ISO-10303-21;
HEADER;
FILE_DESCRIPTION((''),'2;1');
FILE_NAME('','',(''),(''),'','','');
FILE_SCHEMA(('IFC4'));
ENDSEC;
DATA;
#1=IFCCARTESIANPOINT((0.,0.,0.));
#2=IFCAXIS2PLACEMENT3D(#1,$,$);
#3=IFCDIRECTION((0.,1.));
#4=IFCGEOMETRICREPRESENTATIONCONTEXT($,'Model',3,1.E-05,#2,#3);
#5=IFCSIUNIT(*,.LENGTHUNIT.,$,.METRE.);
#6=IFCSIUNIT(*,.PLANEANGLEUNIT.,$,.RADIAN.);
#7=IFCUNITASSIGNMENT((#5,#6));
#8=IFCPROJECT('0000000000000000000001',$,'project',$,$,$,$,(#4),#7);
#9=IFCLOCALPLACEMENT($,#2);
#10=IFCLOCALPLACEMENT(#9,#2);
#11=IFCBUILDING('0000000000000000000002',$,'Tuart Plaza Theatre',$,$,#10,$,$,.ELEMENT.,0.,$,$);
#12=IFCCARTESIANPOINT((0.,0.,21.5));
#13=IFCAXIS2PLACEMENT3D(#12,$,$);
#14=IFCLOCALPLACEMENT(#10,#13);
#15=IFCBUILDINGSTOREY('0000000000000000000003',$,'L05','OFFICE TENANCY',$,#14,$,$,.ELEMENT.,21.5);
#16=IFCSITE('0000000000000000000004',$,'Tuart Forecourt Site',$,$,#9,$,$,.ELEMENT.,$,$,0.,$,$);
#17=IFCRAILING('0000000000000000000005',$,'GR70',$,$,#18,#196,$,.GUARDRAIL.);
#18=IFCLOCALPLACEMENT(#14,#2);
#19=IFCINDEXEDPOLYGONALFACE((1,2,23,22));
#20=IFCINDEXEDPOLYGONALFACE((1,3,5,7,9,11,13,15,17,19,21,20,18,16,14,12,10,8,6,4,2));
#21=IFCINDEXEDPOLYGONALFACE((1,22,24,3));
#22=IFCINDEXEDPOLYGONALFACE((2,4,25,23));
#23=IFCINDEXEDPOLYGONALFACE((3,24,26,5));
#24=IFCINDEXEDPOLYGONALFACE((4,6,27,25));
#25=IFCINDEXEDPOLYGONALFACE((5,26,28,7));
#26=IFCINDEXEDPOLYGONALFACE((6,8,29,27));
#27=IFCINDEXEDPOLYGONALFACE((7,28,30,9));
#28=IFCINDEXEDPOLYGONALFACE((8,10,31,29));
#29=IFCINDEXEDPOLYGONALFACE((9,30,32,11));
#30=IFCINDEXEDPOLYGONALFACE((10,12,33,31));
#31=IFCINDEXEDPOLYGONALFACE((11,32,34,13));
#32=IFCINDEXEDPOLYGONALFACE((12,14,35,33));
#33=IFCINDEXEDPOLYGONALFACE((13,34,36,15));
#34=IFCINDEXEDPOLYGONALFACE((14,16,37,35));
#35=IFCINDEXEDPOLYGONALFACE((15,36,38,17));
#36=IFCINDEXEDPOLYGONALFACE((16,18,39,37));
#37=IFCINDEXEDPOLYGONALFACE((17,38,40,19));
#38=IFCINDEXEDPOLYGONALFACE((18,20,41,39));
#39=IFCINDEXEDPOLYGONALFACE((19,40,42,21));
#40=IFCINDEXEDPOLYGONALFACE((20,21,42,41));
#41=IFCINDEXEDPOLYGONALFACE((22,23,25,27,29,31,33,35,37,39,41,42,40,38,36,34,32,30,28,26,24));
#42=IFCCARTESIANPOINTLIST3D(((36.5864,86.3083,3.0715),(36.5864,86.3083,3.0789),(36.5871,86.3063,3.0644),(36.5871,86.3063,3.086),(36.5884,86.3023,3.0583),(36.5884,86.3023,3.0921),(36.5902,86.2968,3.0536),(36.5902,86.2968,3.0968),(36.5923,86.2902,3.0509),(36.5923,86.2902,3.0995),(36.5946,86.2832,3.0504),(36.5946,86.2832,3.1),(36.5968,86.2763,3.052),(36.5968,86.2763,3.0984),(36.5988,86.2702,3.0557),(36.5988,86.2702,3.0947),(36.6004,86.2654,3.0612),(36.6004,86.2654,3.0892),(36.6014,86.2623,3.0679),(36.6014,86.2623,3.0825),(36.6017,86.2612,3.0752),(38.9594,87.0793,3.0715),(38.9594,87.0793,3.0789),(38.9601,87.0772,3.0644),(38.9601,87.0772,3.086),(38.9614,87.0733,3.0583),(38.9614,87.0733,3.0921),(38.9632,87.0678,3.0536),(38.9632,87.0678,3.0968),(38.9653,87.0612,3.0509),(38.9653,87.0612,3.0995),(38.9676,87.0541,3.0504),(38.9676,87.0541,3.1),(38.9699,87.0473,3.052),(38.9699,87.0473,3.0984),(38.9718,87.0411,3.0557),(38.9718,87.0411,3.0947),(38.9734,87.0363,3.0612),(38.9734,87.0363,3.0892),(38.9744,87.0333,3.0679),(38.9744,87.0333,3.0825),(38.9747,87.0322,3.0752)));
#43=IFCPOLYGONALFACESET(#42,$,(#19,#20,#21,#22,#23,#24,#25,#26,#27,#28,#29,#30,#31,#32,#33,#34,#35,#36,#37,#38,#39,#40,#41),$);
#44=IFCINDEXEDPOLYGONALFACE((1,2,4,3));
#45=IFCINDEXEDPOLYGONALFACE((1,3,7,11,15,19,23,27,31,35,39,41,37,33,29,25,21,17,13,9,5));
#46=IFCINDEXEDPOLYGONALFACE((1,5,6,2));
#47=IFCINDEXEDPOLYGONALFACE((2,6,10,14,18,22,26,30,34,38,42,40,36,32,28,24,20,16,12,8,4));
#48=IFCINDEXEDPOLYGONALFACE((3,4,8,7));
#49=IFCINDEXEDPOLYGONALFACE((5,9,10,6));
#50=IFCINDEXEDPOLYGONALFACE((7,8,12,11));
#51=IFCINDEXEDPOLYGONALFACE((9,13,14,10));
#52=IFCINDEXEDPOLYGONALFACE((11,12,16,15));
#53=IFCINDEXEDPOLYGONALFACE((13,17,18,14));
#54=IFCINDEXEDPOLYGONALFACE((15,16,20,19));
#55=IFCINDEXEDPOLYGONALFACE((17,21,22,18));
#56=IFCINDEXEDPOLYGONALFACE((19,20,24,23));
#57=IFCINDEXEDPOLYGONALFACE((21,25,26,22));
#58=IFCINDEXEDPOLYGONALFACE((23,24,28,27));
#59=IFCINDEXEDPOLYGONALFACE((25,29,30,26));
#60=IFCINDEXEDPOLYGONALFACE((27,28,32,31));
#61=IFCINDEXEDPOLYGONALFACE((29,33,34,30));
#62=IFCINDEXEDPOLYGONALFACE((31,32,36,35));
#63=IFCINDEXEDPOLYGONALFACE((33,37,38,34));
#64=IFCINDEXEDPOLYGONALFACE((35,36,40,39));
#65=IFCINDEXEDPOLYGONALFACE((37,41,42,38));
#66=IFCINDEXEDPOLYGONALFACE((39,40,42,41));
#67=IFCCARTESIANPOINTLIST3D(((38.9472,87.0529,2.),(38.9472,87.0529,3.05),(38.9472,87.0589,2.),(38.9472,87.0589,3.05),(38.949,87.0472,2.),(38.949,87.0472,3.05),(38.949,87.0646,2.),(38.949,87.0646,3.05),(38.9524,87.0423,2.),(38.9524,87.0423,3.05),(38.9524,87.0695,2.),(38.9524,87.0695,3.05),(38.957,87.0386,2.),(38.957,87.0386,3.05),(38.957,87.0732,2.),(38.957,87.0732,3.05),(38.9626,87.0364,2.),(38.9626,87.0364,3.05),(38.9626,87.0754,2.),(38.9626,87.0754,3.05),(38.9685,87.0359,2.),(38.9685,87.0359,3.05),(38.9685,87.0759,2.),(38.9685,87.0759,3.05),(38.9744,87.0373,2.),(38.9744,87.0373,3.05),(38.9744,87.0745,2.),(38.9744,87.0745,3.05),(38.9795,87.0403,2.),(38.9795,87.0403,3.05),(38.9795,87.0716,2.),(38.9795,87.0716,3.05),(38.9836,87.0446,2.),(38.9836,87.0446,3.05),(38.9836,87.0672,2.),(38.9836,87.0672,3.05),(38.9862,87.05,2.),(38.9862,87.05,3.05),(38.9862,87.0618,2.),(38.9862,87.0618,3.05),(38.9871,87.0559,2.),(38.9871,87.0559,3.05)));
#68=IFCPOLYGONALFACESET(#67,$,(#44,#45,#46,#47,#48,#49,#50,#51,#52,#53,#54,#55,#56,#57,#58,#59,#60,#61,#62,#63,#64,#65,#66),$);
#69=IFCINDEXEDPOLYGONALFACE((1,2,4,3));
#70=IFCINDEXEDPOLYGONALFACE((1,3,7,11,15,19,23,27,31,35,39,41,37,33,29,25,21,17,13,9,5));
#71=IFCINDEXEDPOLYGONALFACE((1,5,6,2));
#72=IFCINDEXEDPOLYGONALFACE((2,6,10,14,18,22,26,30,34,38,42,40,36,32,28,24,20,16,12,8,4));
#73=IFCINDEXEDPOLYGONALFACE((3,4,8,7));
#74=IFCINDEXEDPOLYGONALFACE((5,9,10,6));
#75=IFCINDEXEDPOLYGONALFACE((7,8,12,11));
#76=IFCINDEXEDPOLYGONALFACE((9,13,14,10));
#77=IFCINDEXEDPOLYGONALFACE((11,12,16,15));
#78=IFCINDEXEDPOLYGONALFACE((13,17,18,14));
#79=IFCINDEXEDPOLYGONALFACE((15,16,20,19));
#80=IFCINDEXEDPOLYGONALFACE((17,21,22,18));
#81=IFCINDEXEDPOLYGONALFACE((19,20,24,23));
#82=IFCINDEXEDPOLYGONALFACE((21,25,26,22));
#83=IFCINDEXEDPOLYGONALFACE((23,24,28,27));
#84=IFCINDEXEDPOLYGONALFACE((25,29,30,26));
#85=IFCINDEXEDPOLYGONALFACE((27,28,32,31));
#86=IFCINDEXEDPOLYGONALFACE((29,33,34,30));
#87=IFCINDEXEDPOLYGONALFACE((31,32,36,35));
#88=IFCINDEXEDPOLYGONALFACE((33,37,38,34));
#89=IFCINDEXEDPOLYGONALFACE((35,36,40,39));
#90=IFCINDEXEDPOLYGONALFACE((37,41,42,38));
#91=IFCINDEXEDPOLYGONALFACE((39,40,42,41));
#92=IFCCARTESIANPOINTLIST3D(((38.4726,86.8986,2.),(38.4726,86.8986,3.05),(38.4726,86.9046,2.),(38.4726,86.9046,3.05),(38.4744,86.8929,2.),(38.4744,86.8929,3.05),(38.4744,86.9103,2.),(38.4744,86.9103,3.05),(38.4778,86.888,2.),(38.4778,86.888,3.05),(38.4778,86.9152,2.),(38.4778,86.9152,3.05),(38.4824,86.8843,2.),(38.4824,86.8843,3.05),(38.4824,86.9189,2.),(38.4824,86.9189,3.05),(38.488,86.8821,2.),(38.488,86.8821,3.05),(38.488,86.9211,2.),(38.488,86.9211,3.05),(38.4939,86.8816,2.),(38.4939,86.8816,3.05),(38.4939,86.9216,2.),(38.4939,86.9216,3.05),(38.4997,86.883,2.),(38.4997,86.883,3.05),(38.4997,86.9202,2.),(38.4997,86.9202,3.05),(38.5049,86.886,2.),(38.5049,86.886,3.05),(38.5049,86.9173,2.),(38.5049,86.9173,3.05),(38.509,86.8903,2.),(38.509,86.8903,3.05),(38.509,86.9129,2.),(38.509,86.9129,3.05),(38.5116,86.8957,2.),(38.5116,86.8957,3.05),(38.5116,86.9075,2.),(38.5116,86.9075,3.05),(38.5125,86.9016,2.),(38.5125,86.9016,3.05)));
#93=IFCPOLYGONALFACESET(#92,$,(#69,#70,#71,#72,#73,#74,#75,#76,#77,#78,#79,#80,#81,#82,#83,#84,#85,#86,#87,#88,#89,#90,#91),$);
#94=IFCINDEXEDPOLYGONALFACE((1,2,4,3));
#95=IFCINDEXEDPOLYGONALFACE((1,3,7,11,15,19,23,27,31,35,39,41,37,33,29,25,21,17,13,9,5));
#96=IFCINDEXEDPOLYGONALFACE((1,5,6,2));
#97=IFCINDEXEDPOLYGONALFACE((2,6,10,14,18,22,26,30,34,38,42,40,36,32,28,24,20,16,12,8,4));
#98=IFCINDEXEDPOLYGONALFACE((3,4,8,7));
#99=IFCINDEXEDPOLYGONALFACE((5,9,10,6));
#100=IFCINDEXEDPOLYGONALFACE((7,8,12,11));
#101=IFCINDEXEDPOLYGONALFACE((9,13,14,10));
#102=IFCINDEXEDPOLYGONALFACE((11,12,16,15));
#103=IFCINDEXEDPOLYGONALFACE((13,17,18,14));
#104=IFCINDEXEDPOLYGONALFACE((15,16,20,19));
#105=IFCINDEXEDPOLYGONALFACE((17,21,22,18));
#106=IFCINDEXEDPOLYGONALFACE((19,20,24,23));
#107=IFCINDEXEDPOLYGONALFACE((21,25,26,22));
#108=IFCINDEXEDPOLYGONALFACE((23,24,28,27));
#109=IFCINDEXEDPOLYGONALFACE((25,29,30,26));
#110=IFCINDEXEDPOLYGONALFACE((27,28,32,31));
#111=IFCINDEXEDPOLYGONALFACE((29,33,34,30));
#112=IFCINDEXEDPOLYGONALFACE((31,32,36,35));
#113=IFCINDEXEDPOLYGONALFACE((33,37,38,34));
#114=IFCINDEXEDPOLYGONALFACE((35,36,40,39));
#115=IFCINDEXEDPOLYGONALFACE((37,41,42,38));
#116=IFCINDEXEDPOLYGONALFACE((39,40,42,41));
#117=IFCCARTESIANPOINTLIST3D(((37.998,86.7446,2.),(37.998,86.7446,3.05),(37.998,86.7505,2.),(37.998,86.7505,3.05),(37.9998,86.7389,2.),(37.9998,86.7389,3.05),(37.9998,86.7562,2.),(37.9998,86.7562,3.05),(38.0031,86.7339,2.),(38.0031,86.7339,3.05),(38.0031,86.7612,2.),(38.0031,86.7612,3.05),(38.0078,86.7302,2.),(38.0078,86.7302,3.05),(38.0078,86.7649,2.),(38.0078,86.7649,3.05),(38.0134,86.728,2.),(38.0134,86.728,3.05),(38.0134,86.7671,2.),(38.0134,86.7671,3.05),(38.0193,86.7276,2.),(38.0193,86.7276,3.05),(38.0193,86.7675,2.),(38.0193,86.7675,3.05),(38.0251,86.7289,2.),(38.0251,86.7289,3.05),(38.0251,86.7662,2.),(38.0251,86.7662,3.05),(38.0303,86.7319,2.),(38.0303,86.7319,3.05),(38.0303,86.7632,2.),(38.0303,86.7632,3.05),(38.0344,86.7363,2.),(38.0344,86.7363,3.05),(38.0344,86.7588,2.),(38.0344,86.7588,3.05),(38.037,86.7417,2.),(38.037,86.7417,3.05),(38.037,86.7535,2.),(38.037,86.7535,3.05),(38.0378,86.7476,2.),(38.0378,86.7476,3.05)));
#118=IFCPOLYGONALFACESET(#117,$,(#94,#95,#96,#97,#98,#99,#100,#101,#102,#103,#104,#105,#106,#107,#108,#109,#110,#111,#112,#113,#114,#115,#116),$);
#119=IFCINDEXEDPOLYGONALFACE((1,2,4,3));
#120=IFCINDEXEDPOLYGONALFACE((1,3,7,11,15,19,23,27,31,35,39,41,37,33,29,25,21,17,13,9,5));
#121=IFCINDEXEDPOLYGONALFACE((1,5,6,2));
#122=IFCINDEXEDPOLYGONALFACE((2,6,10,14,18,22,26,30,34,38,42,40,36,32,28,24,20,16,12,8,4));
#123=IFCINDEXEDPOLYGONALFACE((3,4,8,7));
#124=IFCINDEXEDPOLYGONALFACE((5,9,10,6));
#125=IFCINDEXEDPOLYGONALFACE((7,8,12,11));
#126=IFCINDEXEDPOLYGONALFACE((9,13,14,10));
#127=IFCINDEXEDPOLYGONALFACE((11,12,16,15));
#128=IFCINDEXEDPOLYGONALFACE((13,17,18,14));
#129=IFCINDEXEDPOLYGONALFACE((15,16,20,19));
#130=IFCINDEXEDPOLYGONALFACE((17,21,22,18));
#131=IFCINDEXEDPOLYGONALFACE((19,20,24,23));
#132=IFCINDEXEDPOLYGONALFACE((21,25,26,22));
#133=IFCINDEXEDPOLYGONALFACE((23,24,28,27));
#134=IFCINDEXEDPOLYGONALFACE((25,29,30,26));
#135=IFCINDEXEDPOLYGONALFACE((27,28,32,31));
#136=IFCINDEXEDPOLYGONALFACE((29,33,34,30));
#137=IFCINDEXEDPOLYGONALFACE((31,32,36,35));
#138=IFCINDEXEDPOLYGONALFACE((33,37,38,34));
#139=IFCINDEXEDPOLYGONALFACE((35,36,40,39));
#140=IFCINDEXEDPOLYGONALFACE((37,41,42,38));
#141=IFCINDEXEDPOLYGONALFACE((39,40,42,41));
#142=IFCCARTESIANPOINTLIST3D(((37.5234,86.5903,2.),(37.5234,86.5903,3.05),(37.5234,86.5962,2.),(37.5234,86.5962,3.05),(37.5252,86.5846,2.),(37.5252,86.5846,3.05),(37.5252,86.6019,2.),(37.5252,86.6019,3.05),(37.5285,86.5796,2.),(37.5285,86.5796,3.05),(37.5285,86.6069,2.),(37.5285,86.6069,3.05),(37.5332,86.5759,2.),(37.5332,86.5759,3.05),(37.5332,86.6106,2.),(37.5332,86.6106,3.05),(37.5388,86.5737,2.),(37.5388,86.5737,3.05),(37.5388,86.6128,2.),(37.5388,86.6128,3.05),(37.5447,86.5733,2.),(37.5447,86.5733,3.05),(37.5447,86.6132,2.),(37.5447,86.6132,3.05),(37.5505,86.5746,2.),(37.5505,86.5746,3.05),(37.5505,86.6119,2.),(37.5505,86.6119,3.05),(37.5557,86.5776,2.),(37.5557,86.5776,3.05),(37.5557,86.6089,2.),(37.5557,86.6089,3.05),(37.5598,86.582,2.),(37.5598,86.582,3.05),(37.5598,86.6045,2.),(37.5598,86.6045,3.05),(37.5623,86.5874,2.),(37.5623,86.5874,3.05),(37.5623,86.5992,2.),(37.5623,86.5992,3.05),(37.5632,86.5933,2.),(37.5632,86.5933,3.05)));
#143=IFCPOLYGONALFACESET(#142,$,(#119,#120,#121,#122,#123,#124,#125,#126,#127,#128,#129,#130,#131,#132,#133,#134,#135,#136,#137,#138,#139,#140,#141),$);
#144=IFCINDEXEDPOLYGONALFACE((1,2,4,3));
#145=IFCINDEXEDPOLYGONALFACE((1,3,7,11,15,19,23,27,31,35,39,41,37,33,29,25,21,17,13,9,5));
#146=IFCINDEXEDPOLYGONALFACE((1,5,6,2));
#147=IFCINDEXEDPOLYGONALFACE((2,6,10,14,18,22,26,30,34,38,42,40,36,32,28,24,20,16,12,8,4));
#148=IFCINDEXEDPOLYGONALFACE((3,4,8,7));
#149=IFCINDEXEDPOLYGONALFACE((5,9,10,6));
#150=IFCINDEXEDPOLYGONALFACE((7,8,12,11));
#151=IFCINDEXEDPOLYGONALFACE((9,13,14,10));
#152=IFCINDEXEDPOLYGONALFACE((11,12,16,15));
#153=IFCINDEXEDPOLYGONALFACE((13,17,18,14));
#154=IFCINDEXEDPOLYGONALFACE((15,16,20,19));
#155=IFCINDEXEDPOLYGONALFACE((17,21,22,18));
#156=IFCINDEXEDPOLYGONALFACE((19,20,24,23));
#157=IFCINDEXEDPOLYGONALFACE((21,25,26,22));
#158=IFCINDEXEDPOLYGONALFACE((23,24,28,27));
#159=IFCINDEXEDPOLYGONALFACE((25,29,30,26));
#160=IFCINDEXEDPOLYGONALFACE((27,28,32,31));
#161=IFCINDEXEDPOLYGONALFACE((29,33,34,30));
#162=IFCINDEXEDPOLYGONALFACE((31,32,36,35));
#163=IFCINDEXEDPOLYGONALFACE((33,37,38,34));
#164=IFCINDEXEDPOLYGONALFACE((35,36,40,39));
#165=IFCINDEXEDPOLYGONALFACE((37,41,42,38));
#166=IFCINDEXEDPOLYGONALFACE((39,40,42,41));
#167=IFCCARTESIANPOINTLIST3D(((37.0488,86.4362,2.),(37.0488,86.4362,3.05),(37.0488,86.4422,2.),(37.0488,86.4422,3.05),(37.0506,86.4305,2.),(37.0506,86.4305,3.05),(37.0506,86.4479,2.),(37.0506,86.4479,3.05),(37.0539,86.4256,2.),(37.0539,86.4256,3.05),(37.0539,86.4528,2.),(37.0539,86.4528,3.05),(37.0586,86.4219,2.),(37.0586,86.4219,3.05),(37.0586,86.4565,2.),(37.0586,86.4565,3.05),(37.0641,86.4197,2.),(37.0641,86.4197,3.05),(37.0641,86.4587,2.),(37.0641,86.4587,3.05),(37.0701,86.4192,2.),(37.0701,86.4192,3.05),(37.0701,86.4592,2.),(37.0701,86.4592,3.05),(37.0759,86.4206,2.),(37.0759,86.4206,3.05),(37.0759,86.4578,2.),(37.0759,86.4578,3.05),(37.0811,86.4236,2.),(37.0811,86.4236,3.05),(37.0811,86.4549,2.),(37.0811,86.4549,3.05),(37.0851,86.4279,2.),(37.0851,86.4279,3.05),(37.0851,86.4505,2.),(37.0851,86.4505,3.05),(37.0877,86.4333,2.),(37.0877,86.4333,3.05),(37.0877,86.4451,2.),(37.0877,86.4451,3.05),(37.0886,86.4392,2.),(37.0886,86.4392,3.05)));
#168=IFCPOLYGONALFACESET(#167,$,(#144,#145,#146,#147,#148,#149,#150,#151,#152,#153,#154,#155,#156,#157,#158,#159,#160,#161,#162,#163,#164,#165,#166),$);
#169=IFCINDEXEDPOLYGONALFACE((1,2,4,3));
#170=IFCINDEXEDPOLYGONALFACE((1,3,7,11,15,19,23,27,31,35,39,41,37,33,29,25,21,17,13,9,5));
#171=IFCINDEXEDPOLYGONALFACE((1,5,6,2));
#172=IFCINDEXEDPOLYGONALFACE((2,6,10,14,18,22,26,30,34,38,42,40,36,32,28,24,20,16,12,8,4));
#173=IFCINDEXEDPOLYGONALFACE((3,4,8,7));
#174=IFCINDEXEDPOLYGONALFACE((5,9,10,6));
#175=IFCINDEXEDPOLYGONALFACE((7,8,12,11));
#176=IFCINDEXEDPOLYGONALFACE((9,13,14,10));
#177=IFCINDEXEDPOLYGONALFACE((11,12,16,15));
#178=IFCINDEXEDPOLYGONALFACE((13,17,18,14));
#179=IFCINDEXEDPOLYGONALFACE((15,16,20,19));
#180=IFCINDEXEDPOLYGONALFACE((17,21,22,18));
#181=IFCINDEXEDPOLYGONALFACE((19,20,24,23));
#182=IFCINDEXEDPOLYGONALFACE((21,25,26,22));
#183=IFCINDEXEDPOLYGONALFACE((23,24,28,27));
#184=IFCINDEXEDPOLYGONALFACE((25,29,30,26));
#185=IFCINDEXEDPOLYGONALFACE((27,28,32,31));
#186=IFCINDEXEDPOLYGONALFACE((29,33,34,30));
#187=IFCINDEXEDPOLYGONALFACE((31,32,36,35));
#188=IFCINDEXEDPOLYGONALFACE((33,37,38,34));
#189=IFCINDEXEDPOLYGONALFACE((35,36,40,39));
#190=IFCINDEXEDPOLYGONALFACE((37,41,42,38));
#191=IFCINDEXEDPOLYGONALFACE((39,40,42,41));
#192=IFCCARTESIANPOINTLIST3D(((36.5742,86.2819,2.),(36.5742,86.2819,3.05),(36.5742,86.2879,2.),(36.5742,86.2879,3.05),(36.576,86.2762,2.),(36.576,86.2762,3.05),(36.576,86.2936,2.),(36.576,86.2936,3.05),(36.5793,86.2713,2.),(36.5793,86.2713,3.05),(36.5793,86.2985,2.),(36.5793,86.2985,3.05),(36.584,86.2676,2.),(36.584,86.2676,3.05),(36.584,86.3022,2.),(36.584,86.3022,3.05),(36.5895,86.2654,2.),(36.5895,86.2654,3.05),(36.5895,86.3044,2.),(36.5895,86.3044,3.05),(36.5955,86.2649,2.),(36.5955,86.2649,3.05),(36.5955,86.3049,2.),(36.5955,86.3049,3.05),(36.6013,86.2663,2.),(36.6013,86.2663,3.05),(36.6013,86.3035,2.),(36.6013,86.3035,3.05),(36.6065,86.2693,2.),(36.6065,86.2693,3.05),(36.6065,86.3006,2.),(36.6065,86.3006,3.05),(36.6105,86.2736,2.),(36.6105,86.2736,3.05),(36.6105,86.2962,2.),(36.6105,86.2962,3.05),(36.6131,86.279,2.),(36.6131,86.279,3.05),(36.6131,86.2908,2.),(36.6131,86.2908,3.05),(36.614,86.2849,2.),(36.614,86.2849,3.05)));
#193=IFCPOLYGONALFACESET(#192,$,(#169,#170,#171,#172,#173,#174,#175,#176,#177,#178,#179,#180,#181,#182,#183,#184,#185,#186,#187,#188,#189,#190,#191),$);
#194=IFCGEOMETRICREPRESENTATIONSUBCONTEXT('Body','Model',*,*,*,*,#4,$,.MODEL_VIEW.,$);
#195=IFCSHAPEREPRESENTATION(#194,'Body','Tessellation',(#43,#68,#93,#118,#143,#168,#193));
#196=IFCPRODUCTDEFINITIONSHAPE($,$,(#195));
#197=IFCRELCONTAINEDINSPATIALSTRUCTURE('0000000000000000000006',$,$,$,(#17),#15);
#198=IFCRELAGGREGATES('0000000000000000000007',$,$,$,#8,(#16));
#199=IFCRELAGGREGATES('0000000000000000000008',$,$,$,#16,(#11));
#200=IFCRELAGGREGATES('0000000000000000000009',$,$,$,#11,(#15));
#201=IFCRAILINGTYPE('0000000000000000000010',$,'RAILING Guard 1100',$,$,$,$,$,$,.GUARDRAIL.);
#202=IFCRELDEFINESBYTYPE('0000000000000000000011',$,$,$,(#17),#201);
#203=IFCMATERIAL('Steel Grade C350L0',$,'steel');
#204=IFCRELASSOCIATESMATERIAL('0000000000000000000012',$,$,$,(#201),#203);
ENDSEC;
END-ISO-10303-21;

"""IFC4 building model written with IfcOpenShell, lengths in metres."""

from ifc_helpers import new_model, si_unit, direction, frame, origin, origin_2d, place, context, subcontext, project, spatial, circle, extrude, material, type_object, element, save


model = new_model("IFC4")

# Units and contexts
model_context = context("Model", 3, precision=1e-05, world=origin(), true_north=direction((0.0, 1.0)))
body_context = subcontext(model_context, "Body", "Model", "MODEL_VIEW")
ifc_project = project(units=[si_unit("LENGTHUNIT", "METRE"), si_unit("PLANEANGLEUNIT", "RADIAN")], contexts=[model_context])

# Site, building, storey
site_placement = place(None, origin())
site = spatial("IfcSite", under=ifc_project, at=site_placement, Name="Tuart Forecourt Site", CompositionType="ELEMENT", RefElevation=0.0)
building_placement = place(site_placement, origin())
building = spatial("IfcBuilding", under=site, at=building_placement, Name="Tuart Plaza Theatre", CompositionType="ELEMENT", ElevationOfRefHeight=0.0)
storey_placement = place(building_placement, frame((0.0, 0.0, 21.5)))
storey = spatial("IfcBuildingStorey", under=building, at=storey_placement, Name="L05", Description="OFFICE TENANCY", CompositionType="ELEMENT", Elevation=21.5)

# Railing
ifc_material_1 = material(Name="Steel Grade C350L0", Category="steel")
railing_type_1 = type_object("IfcRailingType", Name="RAILING Guard 1100", PredefinedType="GUARDRAIL", material=ifc_material_1)
railing_1_placement = place(storey_placement, frame((38.967, 87.0559, 2.0)))
element("IfcRailing", 1, at=railing_1_placement, inside=storey, type_object=railing_type_1, Name="GR70", PredefinedType="GUARDRAIL", context=body_context, shape_type="SweptSolid", body=[
    extrude(circle(Radius=0.0249, at=origin_2d()), frame((0.0, 0.0, 1.0752), z_axis=(-0.951063, -0.308998, 0.0), x_axis=(0.308998, -0.951063, 0.0)), (0.0, 0.0, 1.0), 2.4951),
    extrude(circle(Radius=0.02, at=origin_2d()), origin(), (0.0, 0.0, 1.0), 1.05),
    extrude(circle(Radius=0.02, at=origin_2d()), frame((-0.4746, -0.1543, 0.0)), (0.0, 0.0, 1.0), 1.05),
    extrude(circle(Radius=0.02, at=origin_2d()), frame((-0.9492, -0.3083, 0.0)), (0.0, 0.0, 1.0), 1.05),
    extrude(circle(Radius=0.02, at=origin_2d()), frame((-1.4238, -0.4626, 0.0)), (0.0, 0.0, 1.0), 1.05),
    extrude(circle(Radius=0.02, at=origin_2d()), frame((-1.8984, -0.6167, 0.0)), (0.0, 0.0, 1.0), 1.05),
    extrude(circle(Radius=0.02, at=origin_2d()), frame((-2.373, -0.771, 0.0)), (0.0, 0.0, 1.0), 1.05),
])

save(model, "model.ifc")
